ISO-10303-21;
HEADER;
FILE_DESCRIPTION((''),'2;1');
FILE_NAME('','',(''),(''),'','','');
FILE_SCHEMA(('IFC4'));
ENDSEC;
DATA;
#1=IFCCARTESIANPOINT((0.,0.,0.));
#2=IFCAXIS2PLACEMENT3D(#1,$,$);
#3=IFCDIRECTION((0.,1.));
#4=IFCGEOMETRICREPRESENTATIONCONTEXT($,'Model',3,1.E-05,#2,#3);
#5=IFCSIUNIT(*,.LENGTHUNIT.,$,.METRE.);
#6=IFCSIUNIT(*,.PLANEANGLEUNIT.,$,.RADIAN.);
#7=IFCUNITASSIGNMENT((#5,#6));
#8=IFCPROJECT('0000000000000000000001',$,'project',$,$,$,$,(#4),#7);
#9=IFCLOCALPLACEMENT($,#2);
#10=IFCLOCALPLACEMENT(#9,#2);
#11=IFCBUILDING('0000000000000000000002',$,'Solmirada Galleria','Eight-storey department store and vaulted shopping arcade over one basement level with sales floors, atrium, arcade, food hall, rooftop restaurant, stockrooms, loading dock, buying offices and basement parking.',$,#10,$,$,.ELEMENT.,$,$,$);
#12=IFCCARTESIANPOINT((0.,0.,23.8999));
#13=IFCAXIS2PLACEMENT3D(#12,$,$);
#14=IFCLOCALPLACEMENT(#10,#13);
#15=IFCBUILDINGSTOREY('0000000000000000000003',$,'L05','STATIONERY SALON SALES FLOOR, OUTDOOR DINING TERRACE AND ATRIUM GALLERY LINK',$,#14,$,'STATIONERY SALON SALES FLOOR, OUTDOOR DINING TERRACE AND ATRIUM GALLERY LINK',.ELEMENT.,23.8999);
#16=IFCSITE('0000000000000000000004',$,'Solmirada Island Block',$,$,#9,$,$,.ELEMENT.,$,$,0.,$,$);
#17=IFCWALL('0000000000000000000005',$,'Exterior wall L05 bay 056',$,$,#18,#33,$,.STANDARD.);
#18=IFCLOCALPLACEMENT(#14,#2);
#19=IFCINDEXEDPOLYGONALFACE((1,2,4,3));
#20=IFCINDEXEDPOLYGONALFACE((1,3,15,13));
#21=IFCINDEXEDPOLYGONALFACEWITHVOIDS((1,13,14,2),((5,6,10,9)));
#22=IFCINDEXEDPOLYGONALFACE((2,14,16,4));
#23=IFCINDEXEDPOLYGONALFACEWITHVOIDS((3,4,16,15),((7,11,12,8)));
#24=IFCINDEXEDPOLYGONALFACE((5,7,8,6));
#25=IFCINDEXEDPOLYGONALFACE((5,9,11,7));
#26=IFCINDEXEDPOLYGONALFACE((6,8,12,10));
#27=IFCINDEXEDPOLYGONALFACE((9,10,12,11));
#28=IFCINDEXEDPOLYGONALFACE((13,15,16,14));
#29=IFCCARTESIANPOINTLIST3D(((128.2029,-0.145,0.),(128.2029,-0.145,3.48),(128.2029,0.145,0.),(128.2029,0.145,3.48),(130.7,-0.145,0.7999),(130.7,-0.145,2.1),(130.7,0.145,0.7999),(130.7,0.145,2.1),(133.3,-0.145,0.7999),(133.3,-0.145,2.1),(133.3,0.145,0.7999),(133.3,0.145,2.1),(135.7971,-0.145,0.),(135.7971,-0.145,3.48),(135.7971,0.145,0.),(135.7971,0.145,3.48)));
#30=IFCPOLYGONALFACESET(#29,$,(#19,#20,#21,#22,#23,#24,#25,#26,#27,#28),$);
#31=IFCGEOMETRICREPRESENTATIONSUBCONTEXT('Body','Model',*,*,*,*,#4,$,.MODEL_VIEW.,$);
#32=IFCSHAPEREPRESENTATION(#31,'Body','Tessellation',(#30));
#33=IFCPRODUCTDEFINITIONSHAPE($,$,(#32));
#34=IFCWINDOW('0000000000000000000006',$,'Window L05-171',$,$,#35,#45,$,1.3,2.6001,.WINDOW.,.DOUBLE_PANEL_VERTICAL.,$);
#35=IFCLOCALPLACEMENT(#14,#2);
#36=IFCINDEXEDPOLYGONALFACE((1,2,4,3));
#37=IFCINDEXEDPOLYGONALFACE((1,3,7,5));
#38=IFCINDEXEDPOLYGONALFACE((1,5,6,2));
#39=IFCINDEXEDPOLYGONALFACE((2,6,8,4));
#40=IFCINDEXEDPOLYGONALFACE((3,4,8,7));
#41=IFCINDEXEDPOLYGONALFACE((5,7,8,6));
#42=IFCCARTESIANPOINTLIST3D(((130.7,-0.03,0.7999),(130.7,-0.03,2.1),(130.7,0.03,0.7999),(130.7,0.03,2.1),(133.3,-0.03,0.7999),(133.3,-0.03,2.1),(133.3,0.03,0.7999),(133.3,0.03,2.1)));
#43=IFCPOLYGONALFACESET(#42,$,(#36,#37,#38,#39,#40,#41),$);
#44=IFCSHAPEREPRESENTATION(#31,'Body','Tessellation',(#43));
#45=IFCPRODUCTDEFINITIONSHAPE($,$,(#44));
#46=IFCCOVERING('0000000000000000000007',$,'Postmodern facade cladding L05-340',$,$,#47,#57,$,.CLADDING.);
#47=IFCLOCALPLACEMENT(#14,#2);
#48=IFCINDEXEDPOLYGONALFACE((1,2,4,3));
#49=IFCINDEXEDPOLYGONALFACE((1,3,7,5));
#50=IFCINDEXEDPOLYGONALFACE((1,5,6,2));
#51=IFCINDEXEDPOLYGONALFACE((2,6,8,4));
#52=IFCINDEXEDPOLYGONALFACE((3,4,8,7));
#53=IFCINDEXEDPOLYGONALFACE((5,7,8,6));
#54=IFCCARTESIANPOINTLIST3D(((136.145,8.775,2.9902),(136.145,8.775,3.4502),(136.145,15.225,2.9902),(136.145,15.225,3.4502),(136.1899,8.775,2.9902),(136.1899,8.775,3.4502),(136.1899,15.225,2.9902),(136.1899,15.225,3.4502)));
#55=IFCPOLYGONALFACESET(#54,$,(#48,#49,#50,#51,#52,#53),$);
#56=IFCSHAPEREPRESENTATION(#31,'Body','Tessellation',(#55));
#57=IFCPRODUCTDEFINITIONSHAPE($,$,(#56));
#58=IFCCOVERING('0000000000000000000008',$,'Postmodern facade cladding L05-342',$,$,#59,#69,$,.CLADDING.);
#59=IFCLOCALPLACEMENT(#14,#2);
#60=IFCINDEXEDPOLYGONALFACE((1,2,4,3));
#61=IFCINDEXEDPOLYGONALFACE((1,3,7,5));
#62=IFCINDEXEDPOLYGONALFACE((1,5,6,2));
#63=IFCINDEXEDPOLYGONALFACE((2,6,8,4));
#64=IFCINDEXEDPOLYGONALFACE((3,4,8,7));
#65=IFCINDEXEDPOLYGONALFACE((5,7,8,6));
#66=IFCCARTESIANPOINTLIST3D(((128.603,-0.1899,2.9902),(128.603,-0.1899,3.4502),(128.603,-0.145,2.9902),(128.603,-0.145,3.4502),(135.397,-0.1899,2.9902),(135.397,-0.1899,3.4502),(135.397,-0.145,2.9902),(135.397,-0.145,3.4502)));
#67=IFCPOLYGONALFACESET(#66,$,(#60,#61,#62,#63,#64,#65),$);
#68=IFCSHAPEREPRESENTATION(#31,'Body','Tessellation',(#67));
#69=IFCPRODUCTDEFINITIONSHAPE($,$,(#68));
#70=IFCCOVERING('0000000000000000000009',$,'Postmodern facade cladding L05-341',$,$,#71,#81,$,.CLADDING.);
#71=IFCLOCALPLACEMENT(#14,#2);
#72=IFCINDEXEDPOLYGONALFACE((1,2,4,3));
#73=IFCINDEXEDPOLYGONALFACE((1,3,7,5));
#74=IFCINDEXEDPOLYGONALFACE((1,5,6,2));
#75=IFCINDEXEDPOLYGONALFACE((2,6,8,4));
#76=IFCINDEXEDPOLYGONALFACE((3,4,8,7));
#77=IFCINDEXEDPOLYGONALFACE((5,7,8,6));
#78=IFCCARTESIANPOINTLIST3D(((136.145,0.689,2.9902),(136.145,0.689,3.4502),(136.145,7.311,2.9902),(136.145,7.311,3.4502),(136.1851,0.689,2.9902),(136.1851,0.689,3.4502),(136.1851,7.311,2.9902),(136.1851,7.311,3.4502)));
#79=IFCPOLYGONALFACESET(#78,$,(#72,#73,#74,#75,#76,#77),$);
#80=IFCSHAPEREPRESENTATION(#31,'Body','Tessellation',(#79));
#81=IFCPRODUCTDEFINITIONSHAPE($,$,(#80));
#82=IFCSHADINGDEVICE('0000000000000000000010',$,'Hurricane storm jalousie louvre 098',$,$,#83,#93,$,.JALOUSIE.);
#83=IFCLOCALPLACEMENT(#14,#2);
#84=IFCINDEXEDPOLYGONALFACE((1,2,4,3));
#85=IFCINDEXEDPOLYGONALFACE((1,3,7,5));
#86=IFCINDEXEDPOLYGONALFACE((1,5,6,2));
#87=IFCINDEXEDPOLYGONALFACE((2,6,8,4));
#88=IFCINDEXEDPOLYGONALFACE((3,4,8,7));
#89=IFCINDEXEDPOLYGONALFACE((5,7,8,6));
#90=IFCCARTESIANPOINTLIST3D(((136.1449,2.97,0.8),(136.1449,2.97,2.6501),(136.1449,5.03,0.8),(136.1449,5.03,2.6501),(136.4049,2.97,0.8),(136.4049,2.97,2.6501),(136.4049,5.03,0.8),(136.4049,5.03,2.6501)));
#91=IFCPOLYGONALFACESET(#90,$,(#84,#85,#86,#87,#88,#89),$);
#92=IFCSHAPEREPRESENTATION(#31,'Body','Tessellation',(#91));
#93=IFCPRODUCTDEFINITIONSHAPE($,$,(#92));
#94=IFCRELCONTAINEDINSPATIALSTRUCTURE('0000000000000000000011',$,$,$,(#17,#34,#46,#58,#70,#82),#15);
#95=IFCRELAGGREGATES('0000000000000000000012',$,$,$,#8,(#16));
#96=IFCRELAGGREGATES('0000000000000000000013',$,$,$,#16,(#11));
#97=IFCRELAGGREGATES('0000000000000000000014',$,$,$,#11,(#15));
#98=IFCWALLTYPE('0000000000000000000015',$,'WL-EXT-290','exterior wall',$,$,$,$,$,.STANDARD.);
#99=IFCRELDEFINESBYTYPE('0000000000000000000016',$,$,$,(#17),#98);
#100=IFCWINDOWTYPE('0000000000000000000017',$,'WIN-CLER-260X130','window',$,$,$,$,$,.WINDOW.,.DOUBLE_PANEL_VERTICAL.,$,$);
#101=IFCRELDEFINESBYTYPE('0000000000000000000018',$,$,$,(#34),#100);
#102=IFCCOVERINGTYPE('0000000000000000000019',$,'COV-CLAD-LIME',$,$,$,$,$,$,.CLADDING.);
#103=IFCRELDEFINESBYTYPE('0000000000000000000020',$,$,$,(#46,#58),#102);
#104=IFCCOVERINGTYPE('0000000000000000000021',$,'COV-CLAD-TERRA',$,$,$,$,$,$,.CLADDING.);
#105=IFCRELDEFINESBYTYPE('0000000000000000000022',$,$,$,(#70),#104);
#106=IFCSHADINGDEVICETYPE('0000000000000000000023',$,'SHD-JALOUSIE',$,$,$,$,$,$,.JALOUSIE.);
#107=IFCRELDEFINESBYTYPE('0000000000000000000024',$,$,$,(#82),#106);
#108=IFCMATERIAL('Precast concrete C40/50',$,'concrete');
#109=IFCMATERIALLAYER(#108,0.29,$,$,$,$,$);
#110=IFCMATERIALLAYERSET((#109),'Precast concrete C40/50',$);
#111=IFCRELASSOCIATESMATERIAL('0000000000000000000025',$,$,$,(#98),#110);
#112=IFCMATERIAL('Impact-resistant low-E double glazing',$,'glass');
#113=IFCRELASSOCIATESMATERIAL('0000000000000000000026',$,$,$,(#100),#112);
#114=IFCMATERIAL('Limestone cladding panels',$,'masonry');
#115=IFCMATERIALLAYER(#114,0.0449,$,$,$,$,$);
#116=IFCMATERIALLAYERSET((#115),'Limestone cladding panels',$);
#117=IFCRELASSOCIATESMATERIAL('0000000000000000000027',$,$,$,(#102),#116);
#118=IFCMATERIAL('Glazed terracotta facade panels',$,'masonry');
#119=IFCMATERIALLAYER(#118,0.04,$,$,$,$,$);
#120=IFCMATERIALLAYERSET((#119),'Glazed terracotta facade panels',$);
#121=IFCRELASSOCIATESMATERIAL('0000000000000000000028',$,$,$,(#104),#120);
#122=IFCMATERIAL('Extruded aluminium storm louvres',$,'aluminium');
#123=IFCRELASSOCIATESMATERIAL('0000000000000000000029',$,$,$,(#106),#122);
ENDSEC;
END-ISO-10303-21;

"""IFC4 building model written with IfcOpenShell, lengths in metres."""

from ifc_helpers import new_model, si_unit, direction, frame, frame_2d, origin, origin_2d, place, context, subcontext, project, spatial, rectangle, extrude, material, layer, layer_set, type_object, element, fill, save


model = new_model("IFC4")

# Units and contexts
model_context = context("Model", 3, precision=1e-05, world=origin(), true_north=direction((0.0, 1.0)))
body_context = subcontext(model_context, "Body", "Model", "MODEL_VIEW")
ifc_project = project(units=[si_unit("LENGTHUNIT", "METRE"), si_unit("PLANEANGLEUNIT", "RADIAN")], contexts=[model_context])

# Site, building, storey
site_placement = place(None, origin())
site = spatial("IfcSite", under=ifc_project, at=site_placement, Name="Solmirada Island Block", CompositionType="ELEMENT", RefElevation=0.0)
building_placement = place(site_placement, origin())
building = spatial("IfcBuilding", under=site, at=building_placement, Name="Solmirada Galleria", Description="Eight-storey department store and vaulted shopping arcade over one basement level with sales floors, atrium, arcade, food hall, rooftop restaurant, stockrooms, loading dock, buying offices and basement parking.", CompositionType="ELEMENT")
storey_placement = place(building_placement, frame((0.0, 0.0, 23.8999)))
storey = spatial("IfcBuildingStorey", under=building, at=storey_placement, Name="L05", Description="STATIONERY SALON SALES FLOOR, OUTDOOR DINING TERRACE AND ATRIUM GALLERY LINK", LongName="STATIONERY SALON SALES FLOOR, OUTDOOR DINING TERRACE AND ATRIUM GALLERY LINK", CompositionType="ELEMENT", Elevation=23.8999)

# Wall, opening, window
ifc_material_1 = material(Name="Precast concrete C40/50", Category="concrete")
ifc_layer_1 = layer(ifc_material_1, 0.29)
ifc_layer_set_1 = layer_set([ifc_layer_1], Name="Precast concrete C40/50")
wall_type = type_object("IfcWallType", Name="WL-EXT-290", Description="exterior wall", PredefinedType="STANDARD", material=ifc_layer_set_1)
ifc_material_2 = material(Name="Impact-resistant low-E double glazing", Category="glass")
wall_1_placement = place(storey_placement, frame((135.7971, 0.0, 0.0), z_axis=(0.0, 0.0, 1.0), x_axis=(-1.0, 0.0, 0.0)))
wall_1 = element("IfcWall", 1, at=wall_1_placement, inside=storey, type_object=wall_type, Name="Exterior wall L05 bay 056", PredefinedType="STANDARD", context=body_context, shape_type="SweptSolid", body=[
    extrude(rectangle(XDim=7.5942, YDim=0.29, at=frame_2d((3.7971, 0.0))), origin(), (0.0, 0.0, 1.0), 3.48),
])
opening_1_placement = place(wall_1_placement, frame((2.4971, 0.0, 0.8)))
opening_1 = element("IfcOpeningElement", 2, at=opening_1_placement, cuts=wall_1, PredefinedType="OPENING", context=body_context, shape_type="SweptSolid", body=[
    extrude(rectangle(XDim=2.6001, YDim=1.3, at=frame_2d((1.3, 0.6499))), frame((0.0, 0.155, 0.0), z_axis=(0.0, -1.0, 0.0), x_axis=(1.0, 0.0, 0.0)), (0.0, 0.0, 1.0), 0.3101),
])
window_type_1 = type_object("IfcWindowType", Name="WIN-CLER-260X130", Description="window", PartitioningType="DOUBLE_PANEL_VERTICAL", PredefinedType="WINDOW", material=ifc_material_2)
window_1_placement = place(opening_1_placement, origin())
window_1 = element("IfcWindow", 3, at=window_1_placement, inside=storey, type_object=window_type_1, Name="Window L05-171", OverallHeight=1.3, OverallWidth=2.6001, PartitioningType="DOUBLE_PANEL_VERTICAL", PredefinedType="WINDOW", context=body_context, shape_type="SweptSolid", body=[
    extrude(rectangle(XDim=2.6001, YDim=1.3, at=frame_2d((1.3, 0.6499))), frame((0.0, 0.03, 0.0), z_axis=(0.0, -1.0, 0.0), x_axis=(1.0, 0.0, 0.0)), (0.0, 0.0, 1.0), 0.0601),
])
fill(opening_1, window_1)

# Coverings
ifc_material_3 = material(Name="Limestone cladding panels", Category="masonry")
ifc_layer_2 = layer(ifc_material_3, 0.0449)
ifc_layer_set_2 = layer_set([ifc_layer_2], Name="Limestone cladding panels")
covering_type_1 = type_object("IfcCoveringType", Name="COV-CLAD-LIME", PredefinedType="CLADDING", material=ifc_layer_set_2)
covering_1_placement = place(storey_placement, frame((136.1675, 12.0, 2.9902), z_axis=(0.0, 0.0, 1.0), x_axis=(0.0, -1.0, 0.0)))
element("IfcCovering", 4, at=covering_1_placement, inside=storey, type_object=covering_type_1, Name="Postmodern facade cladding L05-340", PredefinedType="CLADDING", context=body_context, shape_type="SweptSolid", body=[
    extrude(rectangle(XDim=6.45, YDim=0.0449, at=origin_2d()), origin(), (0.0, 0.0, 1.0), 0.46),
])
covering_2_placement = place(storey_placement, frame((132.0, -0.1675, 2.9902), z_axis=(0.0, 0.0, 1.0), x_axis=(-1.0, 0.0, 0.0)))
element("IfcCovering", 5, at=covering_2_placement, inside=storey, type_object=covering_type_1, Name="Postmodern facade cladding L05-342", PredefinedType="CLADDING", context=body_context, shape_type="SweptSolid", body=[
    extrude(rectangle(XDim=6.7939, YDim=0.0449, at=origin_2d()), origin(), (0.0, 0.0, 1.0), 0.46),
])
ifc_material_4 = material(Name="Glazed terracotta facade panels", Category="masonry")
ifc_layer_3 = layer(ifc_material_4, 0.04)
ifc_layer_set_3 = layer_set([ifc_layer_3], Name="Glazed terracotta facade panels")
covering_type_2 = type_object("IfcCoveringType", Name="COV-CLAD-TERRA", PredefinedType="CLADDING", material=ifc_layer_set_3)
covering_3_placement = place(storey_placement, frame((136.165, 4.0, 2.9902), z_axis=(0.0, 0.0, 1.0), x_axis=(0.0, -1.0, 0.0)))
element("IfcCovering", 6, at=covering_3_placement, inside=storey, type_object=covering_type_2, Name="Postmodern facade cladding L05-341", PredefinedType="CLADDING", context=body_context, shape_type="SweptSolid", body=[
    extrude(rectangle(XDim=6.6221, YDim=0.04, at=origin_2d()), origin(), (0.0, 0.0, 1.0), 0.46),
])

# Shading device
ifc_material_5 = material(Name="Extruded aluminium storm louvres", Category="aluminium")
shading_device_type = type_object("IfcShadingDeviceType", Name="SHD-JALOUSIE", PredefinedType="JALOUSIE", material=ifc_material_5)
shading_device_placement = place(storey_placement, frame((136.2749, 4.0, 0.8), z_axis=(0.0, 0.0, 1.0), x_axis=(0.0, -1.0, 0.0)))
element("IfcShadingDevice", 7, at=shading_device_placement, inside=storey, type_object=shading_device_type, Name="Hurricane storm jalousie louvre 098", PredefinedType="JALOUSIE", context=body_context, shape_type="SweptSolid", body=[
    extrude(rectangle(XDim=2.0601, YDim=0.26, at=origin_2d()), origin(), (0.0, 0.0, 1.0), 1.8501),
])

save(model, "model.ifc")
